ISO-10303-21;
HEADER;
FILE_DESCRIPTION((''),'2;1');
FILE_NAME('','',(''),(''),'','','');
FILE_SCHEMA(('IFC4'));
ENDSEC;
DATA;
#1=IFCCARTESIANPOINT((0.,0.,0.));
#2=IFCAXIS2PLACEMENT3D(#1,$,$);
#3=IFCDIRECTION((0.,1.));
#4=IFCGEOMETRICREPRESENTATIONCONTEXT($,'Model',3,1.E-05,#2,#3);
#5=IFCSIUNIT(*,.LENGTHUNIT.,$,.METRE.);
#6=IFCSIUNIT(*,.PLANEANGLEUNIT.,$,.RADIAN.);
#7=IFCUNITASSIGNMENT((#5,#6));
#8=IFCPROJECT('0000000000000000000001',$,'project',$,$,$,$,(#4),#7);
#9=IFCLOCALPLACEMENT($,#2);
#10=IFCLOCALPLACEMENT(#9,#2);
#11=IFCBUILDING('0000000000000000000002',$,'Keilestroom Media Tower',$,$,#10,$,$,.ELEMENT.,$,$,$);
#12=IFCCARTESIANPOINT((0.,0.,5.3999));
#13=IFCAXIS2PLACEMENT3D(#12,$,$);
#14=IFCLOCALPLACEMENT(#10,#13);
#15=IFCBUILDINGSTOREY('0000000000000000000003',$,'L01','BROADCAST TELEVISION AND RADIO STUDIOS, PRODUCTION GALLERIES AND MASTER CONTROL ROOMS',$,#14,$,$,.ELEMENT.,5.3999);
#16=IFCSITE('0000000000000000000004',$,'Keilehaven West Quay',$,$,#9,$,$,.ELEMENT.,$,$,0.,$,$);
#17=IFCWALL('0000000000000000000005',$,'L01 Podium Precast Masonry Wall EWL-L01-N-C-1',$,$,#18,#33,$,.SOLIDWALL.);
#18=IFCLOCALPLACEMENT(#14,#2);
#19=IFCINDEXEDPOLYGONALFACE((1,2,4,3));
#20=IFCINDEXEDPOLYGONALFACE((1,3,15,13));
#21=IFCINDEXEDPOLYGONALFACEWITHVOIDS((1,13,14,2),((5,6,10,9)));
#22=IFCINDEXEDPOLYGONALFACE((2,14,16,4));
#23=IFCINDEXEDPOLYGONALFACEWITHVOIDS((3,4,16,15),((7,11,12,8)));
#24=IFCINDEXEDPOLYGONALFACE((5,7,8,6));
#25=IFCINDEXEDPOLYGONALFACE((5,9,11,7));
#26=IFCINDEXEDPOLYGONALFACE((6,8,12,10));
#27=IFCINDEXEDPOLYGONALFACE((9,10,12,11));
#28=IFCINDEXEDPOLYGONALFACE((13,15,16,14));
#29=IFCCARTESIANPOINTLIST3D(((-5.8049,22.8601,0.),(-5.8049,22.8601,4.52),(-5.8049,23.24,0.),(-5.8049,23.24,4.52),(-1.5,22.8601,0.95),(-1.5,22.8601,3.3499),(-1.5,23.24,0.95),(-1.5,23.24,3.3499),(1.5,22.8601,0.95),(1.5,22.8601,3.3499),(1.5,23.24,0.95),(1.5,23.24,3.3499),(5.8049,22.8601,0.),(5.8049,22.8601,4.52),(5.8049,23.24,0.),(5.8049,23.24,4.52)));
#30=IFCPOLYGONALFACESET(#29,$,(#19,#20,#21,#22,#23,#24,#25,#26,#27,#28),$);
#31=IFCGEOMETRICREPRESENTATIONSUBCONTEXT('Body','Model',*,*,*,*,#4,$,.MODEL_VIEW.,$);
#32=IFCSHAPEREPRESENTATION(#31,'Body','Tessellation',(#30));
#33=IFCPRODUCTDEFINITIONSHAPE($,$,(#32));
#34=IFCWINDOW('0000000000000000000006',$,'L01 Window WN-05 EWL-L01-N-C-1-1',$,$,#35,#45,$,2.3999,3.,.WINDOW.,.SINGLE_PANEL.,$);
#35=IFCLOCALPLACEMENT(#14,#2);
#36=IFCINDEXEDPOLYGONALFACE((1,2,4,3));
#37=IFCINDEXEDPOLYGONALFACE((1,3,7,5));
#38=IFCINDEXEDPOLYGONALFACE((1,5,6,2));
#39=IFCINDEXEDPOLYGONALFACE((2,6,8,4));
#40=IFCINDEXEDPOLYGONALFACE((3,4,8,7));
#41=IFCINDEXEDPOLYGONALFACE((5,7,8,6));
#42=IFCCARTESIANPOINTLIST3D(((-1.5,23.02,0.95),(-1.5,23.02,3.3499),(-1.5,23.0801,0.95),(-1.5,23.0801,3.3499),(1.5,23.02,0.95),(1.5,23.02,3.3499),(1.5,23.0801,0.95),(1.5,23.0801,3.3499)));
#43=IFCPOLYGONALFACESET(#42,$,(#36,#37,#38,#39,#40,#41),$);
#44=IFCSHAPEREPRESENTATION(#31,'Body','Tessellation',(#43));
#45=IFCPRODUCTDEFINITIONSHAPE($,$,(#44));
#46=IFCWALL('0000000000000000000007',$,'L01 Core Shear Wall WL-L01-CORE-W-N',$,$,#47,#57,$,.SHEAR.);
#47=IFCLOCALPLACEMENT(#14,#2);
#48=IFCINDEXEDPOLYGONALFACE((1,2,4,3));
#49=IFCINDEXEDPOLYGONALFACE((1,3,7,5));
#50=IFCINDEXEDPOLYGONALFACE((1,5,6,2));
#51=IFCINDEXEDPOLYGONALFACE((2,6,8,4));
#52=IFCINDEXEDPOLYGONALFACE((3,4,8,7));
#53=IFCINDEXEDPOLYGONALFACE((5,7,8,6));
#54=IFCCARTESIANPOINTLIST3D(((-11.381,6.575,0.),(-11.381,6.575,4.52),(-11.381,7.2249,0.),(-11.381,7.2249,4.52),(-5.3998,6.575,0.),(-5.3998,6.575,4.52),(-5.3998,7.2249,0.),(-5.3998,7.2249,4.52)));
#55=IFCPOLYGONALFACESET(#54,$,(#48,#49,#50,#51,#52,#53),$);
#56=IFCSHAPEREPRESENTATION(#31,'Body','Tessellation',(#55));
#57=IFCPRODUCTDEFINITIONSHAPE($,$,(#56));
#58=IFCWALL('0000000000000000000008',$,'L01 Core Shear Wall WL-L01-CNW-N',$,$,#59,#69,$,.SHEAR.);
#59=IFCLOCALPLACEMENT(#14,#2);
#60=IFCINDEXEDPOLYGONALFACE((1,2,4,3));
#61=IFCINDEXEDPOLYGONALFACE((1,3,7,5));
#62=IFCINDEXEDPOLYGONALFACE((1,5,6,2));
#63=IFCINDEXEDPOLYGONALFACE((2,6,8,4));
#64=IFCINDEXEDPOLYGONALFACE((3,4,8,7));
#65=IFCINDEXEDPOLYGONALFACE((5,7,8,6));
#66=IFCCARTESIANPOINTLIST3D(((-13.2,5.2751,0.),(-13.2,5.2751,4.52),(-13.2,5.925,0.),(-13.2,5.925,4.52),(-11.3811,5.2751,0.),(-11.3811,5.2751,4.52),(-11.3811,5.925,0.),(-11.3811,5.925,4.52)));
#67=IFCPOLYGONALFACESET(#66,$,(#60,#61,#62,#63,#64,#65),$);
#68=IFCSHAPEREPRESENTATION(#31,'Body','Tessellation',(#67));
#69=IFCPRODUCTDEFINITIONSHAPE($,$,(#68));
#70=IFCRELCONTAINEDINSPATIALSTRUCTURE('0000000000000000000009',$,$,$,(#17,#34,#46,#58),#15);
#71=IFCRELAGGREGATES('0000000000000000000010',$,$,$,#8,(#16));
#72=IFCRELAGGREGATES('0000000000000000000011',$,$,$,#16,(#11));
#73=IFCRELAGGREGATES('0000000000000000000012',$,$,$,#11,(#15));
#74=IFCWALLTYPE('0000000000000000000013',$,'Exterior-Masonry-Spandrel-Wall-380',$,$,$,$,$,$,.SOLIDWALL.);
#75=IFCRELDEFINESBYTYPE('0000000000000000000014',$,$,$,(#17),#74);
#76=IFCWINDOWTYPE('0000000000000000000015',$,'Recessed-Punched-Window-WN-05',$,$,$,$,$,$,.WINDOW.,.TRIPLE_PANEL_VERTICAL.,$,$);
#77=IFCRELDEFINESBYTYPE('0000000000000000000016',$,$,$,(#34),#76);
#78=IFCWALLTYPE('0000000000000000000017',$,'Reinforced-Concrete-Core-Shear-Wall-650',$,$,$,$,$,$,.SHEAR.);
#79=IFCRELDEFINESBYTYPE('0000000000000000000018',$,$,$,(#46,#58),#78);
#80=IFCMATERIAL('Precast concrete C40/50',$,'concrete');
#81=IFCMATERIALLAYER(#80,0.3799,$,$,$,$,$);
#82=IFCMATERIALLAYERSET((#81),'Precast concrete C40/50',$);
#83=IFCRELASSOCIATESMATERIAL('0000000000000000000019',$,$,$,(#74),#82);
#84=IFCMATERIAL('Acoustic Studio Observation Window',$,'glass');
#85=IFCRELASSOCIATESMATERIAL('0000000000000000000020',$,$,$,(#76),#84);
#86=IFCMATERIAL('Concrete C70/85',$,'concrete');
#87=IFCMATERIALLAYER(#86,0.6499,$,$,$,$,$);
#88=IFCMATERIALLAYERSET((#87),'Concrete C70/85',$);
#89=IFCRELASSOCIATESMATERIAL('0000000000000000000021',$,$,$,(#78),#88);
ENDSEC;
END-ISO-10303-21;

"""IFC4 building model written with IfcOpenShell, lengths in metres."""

from ifc_helpers import new_model, si_unit, direction, frame, frame_2d, origin, place, context, subcontext, project, spatial, rectangle, extrude, source, transform, mapped, material, layer, layer_set, type_object, element, fill, save


model = new_model("IFC4")

# Units and contexts
model_context = context("Model", 3, precision=1e-05, world=origin(), true_north=direction((0.0, 1.0)))
body_context = subcontext(model_context, "Body", "Model", "MODEL_VIEW")
ifc_project = project(units=[si_unit("LENGTHUNIT", "METRE"), si_unit("PLANEANGLEUNIT", "RADIAN")], contexts=[model_context])

# Site, building, storey
site_placement = place(None, origin())
site = spatial("IfcSite", under=ifc_project, at=site_placement, Name="Keilehaven West Quay", CompositionType="ELEMENT", RefElevation=0.0)
building_placement = place(site_placement, origin())
building = spatial("IfcBuilding", under=site, at=building_placement, Name="Keilestroom Media Tower", CompositionType="ELEMENT")
storey_placement = place(building_placement, frame((0.0, 0.0, 5.3999)))
storey = spatial("IfcBuildingStorey", under=building, at=storey_placement, Name="L01", Description="BROADCAST TELEVISION AND RADIO STUDIOS, PRODUCTION GALLERIES AND MASTER CONTROL ROOMS", CompositionType="ELEMENT", Elevation=5.3999)

# Wall, opening, window
ifc_material_1 = material(Name="Precast concrete C40/50", Category="concrete")
ifc_layer_1 = layer(ifc_material_1, 0.3799)
ifc_layer_set_1 = layer_set([ifc_layer_1], Name="Precast concrete C40/50")
wall_type_1 = type_object("IfcWallType", Name="Exterior-Masonry-Spandrel-Wall-380", PredefinedType="SOLIDWALL", material=ifc_layer_set_1)
wall_1_placement = place(storey_placement, frame((-5.8049, 23.05, 0.0), z_axis=(0.0, 0.0, 1.0), x_axis=(1.0, 0.0, 0.0)))
wall_1 = element("IfcWall", 1, at=wall_1_placement, inside=storey, type_object=wall_type_1, Name="L01 Podium Precast Masonry Wall EWL-L01-N-C-1", PredefinedType="SOLIDWALL", context=body_context, shape_type="SweptSolid", body=[
    extrude(rectangle(XDim=11.6099, YDim=0.3799, at=frame_2d((5.8049, 0.0))), origin(), (0.0, 0.0, 1.0), 4.52),
])
opening_placement = place(wall_1_placement, frame((4.3049, 0.0, 0.95)))
opening = element("IfcOpeningElement", 2, at=opening_placement, cuts=wall_1, PredefinedType="OPENING", context=body_context, shape_type="SweptSolid", body=[
    extrude(rectangle(XDim=3.0, YDim=2.3999, at=frame_2d((1.5, 1.2))), frame((0.0, 0.2, 0.0), z_axis=(0.0, -1.0, 0.0), x_axis=(1.0, 0.0, 0.0)), (0.0, 0.0, 1.0), 0.3999),
])
ifc_material_2 = material(Name="Acoustic Studio Observation Window", Category="glass")
window_type = type_object("IfcWindowType", Name="Recessed-Punched-Window-WN-05", PartitioningType="TRIPLE_PANEL_VERTICAL", PredefinedType="WINDOW", material=ifc_material_2)
shared_shape_1 = source(origin(), body_context, "Body", "SweptSolid", [
    extrude(rectangle(XDim=3.0, YDim=2.3999, at=frame_2d((1.5, 1.2))), frame((0.0, 0.03, 0.0), z_axis=(0.0, -1.0, 0.0), x_axis=(1.0, 0.0, 0.0)), (0.0, 0.0, 1.0), 0.0601),
])
window_placement = place(opening_placement, origin())
window = element("IfcWindow", 3, at=window_placement, inside=storey, type_object=window_type, Name="L01 Window WN-05 EWL-L01-N-C-1-1", OverallHeight=2.3999, OverallWidth=3.0, PartitioningType="SINGLE_PANEL", PredefinedType="WINDOW", context=body_context, shape_type="MappedRepresentation", body=[
    mapped(shared_shape_1, transform((0.0, 0.0, 0.0), x_axis=(1.0, 0.0, 0.0), y_axis=(0.0, 1.0, 0.0), z_axis=(0.0, 0.0, 1.0), scale=1.0)),
])
fill(opening, window)

# Walls
ifc_material_3 = material(Name="Concrete C70/85", Category="concrete")
ifc_layer_2 = layer(ifc_material_3, 0.6499)
ifc_layer_set_2 = layer_set([ifc_layer_2], Name="Concrete C70/85")
wall_type_2 = type_object("IfcWallType", Name="Reinforced-Concrete-Core-Shear-Wall-650", PredefinedType="SHEAR", material=ifc_layer_set_2)
wall_2_placement = place(storey_placement, frame((-11.3811, 6.8999, 0.0), z_axis=(0.0, 0.0, 1.0), x_axis=(1.0, 0.0, 0.0)))
element("IfcWall", 4, at=wall_2_placement, inside=storey, type_object=wall_type_2, Name="L01 Core Shear Wall WL-L01-CORE-W-N", PredefinedType="SHEAR", context=body_context, shape_type="SweptSolid", body=[
    extrude(rectangle(XDim=5.9812, YDim=0.6499, at=frame_2d((2.9907, 0.0))), origin(), (0.0, 0.0, 1.0), 4.52),
])
wall_3_placement = place(storey_placement, frame((-13.2, 5.6001, 0.0), z_axis=(0.0, 0.0, 1.0), x_axis=(1.0, 0.0, 0.0)))
element("IfcWall", 5, at=wall_3_placement, inside=storey, type_object=wall_type_2, Name="L01 Core Shear Wall WL-L01-CNW-N", PredefinedType="SHEAR", context=body_context, shape_type="SweptSolid", body=[
    extrude(rectangle(XDim=1.8188, YDim=0.6499, at=frame_2d((0.9094, 0.0))), origin(), (0.0, 0.0, 1.0), 4.52),
])

save(model, "model.ifc")
